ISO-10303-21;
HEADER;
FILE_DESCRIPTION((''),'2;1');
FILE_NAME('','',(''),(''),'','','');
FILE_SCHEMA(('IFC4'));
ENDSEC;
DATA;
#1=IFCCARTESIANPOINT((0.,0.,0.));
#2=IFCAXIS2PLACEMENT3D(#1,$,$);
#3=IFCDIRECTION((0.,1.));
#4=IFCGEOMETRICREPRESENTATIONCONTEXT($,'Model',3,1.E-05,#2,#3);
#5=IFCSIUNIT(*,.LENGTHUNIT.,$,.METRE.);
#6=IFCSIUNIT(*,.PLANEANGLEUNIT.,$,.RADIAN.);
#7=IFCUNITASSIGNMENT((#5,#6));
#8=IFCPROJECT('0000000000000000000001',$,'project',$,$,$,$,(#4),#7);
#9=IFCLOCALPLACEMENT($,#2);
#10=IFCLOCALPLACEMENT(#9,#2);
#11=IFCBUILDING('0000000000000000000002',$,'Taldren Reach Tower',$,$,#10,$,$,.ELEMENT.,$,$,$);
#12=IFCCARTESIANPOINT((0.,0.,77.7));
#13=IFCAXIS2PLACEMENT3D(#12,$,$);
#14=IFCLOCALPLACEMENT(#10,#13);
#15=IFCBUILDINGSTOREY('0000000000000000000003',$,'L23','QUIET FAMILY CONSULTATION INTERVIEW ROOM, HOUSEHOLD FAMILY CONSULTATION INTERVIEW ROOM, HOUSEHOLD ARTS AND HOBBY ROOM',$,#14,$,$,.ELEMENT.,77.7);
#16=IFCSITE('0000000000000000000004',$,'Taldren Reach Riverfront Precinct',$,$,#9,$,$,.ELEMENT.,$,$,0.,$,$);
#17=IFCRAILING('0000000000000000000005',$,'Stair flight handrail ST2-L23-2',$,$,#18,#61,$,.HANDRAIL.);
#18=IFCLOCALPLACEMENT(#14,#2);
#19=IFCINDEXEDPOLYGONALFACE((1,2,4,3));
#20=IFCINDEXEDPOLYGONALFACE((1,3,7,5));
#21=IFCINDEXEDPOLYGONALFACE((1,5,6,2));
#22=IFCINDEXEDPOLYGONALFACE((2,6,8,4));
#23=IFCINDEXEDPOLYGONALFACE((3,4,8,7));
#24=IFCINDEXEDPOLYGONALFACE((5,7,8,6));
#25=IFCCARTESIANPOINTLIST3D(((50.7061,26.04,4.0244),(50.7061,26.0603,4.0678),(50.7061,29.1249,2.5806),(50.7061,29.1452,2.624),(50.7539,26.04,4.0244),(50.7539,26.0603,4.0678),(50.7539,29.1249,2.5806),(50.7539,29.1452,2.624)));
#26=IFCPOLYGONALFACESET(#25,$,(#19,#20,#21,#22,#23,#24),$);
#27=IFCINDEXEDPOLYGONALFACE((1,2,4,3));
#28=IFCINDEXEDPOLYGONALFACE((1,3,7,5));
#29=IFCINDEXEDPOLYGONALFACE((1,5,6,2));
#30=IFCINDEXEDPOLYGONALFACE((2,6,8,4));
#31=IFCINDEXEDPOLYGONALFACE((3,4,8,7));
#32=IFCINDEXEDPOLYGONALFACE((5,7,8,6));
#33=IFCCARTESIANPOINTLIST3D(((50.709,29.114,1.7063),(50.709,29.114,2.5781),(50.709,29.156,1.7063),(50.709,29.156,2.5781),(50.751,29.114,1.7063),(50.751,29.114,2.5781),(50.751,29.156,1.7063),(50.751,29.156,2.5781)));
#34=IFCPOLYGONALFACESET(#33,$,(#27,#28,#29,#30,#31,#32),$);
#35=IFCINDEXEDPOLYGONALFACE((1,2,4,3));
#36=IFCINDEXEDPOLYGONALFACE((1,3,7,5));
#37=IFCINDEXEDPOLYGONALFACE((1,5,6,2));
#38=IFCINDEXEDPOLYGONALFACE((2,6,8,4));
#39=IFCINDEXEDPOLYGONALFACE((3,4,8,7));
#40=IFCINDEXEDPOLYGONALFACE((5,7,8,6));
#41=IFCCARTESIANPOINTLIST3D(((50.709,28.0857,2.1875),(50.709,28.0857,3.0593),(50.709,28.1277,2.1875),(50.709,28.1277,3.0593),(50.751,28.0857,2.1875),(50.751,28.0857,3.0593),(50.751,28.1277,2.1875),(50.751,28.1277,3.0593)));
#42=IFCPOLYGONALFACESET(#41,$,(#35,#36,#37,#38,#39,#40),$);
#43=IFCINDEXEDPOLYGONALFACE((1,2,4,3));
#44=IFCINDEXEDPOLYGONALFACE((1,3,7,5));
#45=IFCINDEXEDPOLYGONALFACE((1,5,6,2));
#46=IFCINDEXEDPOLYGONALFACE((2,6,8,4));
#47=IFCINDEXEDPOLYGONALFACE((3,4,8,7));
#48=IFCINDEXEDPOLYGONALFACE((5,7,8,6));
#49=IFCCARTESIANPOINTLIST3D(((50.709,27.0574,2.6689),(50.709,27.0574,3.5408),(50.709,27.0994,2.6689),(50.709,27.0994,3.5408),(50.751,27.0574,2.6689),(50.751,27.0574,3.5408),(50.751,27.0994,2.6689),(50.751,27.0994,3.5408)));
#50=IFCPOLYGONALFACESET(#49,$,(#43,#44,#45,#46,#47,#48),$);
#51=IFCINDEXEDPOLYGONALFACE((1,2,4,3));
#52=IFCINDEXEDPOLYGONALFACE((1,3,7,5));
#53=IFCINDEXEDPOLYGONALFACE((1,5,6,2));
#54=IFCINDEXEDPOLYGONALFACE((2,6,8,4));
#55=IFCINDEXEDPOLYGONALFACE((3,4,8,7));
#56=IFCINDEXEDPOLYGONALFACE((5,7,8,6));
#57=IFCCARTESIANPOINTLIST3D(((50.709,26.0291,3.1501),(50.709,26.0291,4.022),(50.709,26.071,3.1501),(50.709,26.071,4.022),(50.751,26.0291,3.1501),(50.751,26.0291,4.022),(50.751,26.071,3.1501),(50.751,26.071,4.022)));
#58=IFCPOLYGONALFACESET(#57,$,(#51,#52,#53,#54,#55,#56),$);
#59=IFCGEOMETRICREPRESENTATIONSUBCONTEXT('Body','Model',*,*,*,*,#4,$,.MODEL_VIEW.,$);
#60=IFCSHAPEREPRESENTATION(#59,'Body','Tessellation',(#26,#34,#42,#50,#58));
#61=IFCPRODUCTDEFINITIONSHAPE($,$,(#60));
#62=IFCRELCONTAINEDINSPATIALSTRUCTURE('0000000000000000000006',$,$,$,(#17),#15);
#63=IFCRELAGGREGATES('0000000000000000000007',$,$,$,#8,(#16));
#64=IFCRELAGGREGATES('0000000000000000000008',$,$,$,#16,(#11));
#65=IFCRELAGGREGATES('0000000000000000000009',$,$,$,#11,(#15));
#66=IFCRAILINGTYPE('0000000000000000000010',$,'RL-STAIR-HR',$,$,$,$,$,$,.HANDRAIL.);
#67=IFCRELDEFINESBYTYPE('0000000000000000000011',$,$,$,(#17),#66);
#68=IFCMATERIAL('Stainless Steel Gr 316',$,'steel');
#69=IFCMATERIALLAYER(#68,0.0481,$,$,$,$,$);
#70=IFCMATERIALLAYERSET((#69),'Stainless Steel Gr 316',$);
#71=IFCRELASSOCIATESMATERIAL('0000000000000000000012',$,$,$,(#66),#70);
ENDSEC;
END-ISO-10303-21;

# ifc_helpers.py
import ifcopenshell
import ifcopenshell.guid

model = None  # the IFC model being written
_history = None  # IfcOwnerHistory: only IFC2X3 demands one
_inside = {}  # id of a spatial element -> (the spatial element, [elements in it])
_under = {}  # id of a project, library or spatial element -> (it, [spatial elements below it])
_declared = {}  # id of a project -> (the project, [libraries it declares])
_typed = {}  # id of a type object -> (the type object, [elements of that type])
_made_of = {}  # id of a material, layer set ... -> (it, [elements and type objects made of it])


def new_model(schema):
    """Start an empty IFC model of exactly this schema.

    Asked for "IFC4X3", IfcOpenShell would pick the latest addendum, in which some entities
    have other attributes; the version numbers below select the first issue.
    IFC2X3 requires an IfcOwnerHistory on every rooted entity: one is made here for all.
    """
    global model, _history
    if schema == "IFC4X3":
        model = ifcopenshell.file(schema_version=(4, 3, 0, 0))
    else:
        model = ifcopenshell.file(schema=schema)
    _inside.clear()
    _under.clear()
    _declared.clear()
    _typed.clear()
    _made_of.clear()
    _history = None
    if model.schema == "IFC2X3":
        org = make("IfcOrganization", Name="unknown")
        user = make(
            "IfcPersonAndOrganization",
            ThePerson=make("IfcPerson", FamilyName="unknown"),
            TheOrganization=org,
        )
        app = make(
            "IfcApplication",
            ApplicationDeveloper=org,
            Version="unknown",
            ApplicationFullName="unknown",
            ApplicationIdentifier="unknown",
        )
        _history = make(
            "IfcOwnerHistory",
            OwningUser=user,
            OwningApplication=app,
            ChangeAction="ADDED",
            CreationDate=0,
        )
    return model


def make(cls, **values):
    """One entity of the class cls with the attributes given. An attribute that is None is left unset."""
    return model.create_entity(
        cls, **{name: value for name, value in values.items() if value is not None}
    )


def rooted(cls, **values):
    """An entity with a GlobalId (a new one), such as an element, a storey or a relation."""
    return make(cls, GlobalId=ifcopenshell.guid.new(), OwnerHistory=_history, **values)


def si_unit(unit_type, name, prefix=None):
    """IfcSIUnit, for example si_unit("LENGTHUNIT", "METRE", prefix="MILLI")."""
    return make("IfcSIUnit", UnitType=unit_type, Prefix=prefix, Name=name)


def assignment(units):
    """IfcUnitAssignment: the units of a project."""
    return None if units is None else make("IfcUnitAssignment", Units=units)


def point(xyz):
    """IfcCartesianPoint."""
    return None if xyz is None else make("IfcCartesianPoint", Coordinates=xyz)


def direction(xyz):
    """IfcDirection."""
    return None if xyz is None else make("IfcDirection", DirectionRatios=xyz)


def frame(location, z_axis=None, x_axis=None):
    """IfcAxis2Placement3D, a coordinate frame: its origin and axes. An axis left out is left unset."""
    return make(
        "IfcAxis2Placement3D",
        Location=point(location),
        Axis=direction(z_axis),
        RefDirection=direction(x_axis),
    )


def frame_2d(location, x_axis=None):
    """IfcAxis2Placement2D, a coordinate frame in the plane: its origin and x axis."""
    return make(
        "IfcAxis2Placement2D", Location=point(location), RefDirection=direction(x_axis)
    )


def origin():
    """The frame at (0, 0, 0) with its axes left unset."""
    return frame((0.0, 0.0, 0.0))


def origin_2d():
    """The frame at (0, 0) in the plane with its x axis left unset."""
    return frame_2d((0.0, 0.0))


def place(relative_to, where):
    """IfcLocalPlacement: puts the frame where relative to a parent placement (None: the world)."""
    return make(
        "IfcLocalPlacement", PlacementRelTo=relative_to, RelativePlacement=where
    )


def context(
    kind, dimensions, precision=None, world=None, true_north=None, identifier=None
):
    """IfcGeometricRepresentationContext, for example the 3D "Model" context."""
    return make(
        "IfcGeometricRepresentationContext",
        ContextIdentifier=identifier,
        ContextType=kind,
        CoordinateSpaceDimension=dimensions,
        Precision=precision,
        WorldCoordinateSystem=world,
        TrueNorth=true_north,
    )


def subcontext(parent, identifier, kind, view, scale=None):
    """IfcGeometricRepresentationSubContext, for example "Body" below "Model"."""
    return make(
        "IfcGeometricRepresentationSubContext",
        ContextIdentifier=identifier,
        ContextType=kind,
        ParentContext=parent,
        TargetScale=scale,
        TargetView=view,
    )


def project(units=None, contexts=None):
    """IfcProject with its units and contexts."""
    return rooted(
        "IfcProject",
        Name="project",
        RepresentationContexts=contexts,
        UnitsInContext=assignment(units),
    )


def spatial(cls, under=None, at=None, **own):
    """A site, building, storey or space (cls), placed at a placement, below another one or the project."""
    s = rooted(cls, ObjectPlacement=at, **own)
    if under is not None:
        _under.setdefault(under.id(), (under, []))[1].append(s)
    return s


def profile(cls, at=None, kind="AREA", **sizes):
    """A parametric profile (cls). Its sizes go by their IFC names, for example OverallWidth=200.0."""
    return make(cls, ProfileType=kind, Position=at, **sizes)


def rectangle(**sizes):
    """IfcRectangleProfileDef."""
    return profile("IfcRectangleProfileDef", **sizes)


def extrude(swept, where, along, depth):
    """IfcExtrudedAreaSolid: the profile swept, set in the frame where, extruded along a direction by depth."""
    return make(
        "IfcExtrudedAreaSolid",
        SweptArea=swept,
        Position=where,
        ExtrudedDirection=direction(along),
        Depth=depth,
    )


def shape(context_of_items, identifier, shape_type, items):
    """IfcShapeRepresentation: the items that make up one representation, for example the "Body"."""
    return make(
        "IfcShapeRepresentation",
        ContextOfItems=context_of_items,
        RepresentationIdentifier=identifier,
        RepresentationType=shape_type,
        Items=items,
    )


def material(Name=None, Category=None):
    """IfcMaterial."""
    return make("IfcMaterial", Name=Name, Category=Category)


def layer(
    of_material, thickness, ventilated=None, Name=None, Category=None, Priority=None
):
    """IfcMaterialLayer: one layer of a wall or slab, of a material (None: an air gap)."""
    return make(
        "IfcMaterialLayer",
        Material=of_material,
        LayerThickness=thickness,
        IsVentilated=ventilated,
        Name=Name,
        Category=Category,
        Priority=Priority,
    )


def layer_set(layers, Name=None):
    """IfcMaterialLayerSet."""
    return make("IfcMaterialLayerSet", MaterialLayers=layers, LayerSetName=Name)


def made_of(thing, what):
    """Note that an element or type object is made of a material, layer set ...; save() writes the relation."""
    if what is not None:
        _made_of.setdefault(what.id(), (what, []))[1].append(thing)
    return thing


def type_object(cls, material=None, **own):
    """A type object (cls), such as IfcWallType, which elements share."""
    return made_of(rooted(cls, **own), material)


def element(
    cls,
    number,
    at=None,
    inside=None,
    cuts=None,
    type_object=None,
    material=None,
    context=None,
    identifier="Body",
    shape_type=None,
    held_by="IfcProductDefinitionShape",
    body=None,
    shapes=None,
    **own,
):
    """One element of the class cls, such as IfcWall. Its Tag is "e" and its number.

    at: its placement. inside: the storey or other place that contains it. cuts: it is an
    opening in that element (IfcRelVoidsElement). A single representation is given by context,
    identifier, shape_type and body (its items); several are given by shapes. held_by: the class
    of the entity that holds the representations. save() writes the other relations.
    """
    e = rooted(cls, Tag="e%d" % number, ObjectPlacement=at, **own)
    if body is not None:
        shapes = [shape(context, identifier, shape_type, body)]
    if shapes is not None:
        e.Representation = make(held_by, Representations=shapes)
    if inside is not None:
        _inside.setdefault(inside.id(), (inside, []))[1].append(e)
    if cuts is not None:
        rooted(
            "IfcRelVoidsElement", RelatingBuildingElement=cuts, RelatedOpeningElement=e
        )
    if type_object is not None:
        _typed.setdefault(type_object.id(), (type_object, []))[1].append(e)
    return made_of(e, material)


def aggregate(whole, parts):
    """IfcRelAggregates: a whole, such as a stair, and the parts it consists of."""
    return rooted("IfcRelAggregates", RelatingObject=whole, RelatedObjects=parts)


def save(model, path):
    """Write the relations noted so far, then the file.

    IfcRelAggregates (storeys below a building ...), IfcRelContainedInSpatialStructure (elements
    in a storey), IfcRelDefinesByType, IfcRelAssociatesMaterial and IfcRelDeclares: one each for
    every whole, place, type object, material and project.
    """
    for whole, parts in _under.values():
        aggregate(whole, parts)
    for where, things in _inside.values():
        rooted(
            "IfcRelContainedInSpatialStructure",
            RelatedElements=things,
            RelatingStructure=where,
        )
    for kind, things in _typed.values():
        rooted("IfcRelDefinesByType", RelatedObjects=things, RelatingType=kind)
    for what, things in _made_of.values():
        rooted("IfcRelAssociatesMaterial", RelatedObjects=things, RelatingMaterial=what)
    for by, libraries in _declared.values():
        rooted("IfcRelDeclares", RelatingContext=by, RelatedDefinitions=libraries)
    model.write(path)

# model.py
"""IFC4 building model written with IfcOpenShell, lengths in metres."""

from ifc_helpers import new_model, si_unit, direction, frame, origin, origin_2d, place, context, subcontext, project, spatial, rectangle, extrude, material, layer, layer_set, type_object, element, save


model = new_model("IFC4")

# Units and contexts
model_context = context("Model", 3, precision=1e-05, world=origin(), true_north=direction((0.0, 1.0)))
body_context = subcontext(model_context, "Body", "Model", "MODEL_VIEW")
ifc_project = project(units=[si_unit("LENGTHUNIT", "METRE"), si_unit("PLANEANGLEUNIT", "RADIAN")], contexts=[model_context])

# Site, building, storey
site_placement = place(None, origin())
site = spatial("IfcSite", under=ifc_project, at=site_placement, Name="Taldren Reach Riverfront Precinct", CompositionType="ELEMENT", RefElevation=0.0)
building_placement = place(site_placement, origin())
building = spatial("IfcBuilding", under=site, at=building_placement, Name="Taldren Reach Tower", CompositionType="ELEMENT")
storey_placement = place(building_placement, frame((0.0, 0.0, 77.7)))
storey = spatial("IfcBuildingStorey", under=building, at=storey_placement, Name="L23", Description="QUIET FAMILY CONSULTATION INTERVIEW ROOM, HOUSEHOLD FAMILY CONSULTATION INTERVIEW ROOM, HOUSEHOLD ARTS AND HOBBY ROOM", CompositionType="ELEMENT", Elevation=77.7)

# Railing
ifc_material_1 = material(Name="Stainless Steel Gr 316", Category="steel")
ifc_layer_1 = layer(ifc_material_1, 0.0481)
ifc_layer_set_1 = layer_set([ifc_layer_1], Name="Stainless Steel Gr 316")
railing_type = type_object("IfcRailingType", Name="RL-STAIR-HR", PredefinedType="HANDRAIL", material=ifc_layer_set_1)
railing_placement = place(storey_placement, frame((50.73, 29.135, 1.7063)))
element("IfcRailing", 1, at=railing_placement, inside=storey, type_object=railing_type, Name="Stair flight handrail ST2-L23-2", PredefinedType="HANDRAIL", context=body_context, shape_type="SweptSolid", body=[
    extrude(rectangle(XDim=0.0479, YDim=0.0479, at=origin_2d()), frame((0.0, 0.0, 0.896), z_axis=(0.0, -0.90571, 0.423898), x_axis=(1.0, 0.0, 0.0)), (0.0, 0.0, 1.0), 3.406),
    extrude(rectangle(XDim=0.042, YDim=0.042, at=origin_2d()), origin(), (0.0, 0.0, 1.0), 0.8718),
    extrude(rectangle(XDim=0.042, YDim=0.042, at=origin_2d()), frame((0.0, -1.0283, 0.4812)), (0.0, 0.0, 1.0), 0.8718),
    extrude(rectangle(XDim=0.042, YDim=0.042, at=origin_2d()), frame((0.0, -2.0566, 0.9626)), (0.0, 0.0, 1.0), 0.8718),
    extrude(rectangle(XDim=0.042, YDim=0.042, at=origin_2d()), frame((0.0, -3.085, 1.4438)), (0.0, 0.0, 1.0), 0.8718),
])

save(model, "model.ifc")
